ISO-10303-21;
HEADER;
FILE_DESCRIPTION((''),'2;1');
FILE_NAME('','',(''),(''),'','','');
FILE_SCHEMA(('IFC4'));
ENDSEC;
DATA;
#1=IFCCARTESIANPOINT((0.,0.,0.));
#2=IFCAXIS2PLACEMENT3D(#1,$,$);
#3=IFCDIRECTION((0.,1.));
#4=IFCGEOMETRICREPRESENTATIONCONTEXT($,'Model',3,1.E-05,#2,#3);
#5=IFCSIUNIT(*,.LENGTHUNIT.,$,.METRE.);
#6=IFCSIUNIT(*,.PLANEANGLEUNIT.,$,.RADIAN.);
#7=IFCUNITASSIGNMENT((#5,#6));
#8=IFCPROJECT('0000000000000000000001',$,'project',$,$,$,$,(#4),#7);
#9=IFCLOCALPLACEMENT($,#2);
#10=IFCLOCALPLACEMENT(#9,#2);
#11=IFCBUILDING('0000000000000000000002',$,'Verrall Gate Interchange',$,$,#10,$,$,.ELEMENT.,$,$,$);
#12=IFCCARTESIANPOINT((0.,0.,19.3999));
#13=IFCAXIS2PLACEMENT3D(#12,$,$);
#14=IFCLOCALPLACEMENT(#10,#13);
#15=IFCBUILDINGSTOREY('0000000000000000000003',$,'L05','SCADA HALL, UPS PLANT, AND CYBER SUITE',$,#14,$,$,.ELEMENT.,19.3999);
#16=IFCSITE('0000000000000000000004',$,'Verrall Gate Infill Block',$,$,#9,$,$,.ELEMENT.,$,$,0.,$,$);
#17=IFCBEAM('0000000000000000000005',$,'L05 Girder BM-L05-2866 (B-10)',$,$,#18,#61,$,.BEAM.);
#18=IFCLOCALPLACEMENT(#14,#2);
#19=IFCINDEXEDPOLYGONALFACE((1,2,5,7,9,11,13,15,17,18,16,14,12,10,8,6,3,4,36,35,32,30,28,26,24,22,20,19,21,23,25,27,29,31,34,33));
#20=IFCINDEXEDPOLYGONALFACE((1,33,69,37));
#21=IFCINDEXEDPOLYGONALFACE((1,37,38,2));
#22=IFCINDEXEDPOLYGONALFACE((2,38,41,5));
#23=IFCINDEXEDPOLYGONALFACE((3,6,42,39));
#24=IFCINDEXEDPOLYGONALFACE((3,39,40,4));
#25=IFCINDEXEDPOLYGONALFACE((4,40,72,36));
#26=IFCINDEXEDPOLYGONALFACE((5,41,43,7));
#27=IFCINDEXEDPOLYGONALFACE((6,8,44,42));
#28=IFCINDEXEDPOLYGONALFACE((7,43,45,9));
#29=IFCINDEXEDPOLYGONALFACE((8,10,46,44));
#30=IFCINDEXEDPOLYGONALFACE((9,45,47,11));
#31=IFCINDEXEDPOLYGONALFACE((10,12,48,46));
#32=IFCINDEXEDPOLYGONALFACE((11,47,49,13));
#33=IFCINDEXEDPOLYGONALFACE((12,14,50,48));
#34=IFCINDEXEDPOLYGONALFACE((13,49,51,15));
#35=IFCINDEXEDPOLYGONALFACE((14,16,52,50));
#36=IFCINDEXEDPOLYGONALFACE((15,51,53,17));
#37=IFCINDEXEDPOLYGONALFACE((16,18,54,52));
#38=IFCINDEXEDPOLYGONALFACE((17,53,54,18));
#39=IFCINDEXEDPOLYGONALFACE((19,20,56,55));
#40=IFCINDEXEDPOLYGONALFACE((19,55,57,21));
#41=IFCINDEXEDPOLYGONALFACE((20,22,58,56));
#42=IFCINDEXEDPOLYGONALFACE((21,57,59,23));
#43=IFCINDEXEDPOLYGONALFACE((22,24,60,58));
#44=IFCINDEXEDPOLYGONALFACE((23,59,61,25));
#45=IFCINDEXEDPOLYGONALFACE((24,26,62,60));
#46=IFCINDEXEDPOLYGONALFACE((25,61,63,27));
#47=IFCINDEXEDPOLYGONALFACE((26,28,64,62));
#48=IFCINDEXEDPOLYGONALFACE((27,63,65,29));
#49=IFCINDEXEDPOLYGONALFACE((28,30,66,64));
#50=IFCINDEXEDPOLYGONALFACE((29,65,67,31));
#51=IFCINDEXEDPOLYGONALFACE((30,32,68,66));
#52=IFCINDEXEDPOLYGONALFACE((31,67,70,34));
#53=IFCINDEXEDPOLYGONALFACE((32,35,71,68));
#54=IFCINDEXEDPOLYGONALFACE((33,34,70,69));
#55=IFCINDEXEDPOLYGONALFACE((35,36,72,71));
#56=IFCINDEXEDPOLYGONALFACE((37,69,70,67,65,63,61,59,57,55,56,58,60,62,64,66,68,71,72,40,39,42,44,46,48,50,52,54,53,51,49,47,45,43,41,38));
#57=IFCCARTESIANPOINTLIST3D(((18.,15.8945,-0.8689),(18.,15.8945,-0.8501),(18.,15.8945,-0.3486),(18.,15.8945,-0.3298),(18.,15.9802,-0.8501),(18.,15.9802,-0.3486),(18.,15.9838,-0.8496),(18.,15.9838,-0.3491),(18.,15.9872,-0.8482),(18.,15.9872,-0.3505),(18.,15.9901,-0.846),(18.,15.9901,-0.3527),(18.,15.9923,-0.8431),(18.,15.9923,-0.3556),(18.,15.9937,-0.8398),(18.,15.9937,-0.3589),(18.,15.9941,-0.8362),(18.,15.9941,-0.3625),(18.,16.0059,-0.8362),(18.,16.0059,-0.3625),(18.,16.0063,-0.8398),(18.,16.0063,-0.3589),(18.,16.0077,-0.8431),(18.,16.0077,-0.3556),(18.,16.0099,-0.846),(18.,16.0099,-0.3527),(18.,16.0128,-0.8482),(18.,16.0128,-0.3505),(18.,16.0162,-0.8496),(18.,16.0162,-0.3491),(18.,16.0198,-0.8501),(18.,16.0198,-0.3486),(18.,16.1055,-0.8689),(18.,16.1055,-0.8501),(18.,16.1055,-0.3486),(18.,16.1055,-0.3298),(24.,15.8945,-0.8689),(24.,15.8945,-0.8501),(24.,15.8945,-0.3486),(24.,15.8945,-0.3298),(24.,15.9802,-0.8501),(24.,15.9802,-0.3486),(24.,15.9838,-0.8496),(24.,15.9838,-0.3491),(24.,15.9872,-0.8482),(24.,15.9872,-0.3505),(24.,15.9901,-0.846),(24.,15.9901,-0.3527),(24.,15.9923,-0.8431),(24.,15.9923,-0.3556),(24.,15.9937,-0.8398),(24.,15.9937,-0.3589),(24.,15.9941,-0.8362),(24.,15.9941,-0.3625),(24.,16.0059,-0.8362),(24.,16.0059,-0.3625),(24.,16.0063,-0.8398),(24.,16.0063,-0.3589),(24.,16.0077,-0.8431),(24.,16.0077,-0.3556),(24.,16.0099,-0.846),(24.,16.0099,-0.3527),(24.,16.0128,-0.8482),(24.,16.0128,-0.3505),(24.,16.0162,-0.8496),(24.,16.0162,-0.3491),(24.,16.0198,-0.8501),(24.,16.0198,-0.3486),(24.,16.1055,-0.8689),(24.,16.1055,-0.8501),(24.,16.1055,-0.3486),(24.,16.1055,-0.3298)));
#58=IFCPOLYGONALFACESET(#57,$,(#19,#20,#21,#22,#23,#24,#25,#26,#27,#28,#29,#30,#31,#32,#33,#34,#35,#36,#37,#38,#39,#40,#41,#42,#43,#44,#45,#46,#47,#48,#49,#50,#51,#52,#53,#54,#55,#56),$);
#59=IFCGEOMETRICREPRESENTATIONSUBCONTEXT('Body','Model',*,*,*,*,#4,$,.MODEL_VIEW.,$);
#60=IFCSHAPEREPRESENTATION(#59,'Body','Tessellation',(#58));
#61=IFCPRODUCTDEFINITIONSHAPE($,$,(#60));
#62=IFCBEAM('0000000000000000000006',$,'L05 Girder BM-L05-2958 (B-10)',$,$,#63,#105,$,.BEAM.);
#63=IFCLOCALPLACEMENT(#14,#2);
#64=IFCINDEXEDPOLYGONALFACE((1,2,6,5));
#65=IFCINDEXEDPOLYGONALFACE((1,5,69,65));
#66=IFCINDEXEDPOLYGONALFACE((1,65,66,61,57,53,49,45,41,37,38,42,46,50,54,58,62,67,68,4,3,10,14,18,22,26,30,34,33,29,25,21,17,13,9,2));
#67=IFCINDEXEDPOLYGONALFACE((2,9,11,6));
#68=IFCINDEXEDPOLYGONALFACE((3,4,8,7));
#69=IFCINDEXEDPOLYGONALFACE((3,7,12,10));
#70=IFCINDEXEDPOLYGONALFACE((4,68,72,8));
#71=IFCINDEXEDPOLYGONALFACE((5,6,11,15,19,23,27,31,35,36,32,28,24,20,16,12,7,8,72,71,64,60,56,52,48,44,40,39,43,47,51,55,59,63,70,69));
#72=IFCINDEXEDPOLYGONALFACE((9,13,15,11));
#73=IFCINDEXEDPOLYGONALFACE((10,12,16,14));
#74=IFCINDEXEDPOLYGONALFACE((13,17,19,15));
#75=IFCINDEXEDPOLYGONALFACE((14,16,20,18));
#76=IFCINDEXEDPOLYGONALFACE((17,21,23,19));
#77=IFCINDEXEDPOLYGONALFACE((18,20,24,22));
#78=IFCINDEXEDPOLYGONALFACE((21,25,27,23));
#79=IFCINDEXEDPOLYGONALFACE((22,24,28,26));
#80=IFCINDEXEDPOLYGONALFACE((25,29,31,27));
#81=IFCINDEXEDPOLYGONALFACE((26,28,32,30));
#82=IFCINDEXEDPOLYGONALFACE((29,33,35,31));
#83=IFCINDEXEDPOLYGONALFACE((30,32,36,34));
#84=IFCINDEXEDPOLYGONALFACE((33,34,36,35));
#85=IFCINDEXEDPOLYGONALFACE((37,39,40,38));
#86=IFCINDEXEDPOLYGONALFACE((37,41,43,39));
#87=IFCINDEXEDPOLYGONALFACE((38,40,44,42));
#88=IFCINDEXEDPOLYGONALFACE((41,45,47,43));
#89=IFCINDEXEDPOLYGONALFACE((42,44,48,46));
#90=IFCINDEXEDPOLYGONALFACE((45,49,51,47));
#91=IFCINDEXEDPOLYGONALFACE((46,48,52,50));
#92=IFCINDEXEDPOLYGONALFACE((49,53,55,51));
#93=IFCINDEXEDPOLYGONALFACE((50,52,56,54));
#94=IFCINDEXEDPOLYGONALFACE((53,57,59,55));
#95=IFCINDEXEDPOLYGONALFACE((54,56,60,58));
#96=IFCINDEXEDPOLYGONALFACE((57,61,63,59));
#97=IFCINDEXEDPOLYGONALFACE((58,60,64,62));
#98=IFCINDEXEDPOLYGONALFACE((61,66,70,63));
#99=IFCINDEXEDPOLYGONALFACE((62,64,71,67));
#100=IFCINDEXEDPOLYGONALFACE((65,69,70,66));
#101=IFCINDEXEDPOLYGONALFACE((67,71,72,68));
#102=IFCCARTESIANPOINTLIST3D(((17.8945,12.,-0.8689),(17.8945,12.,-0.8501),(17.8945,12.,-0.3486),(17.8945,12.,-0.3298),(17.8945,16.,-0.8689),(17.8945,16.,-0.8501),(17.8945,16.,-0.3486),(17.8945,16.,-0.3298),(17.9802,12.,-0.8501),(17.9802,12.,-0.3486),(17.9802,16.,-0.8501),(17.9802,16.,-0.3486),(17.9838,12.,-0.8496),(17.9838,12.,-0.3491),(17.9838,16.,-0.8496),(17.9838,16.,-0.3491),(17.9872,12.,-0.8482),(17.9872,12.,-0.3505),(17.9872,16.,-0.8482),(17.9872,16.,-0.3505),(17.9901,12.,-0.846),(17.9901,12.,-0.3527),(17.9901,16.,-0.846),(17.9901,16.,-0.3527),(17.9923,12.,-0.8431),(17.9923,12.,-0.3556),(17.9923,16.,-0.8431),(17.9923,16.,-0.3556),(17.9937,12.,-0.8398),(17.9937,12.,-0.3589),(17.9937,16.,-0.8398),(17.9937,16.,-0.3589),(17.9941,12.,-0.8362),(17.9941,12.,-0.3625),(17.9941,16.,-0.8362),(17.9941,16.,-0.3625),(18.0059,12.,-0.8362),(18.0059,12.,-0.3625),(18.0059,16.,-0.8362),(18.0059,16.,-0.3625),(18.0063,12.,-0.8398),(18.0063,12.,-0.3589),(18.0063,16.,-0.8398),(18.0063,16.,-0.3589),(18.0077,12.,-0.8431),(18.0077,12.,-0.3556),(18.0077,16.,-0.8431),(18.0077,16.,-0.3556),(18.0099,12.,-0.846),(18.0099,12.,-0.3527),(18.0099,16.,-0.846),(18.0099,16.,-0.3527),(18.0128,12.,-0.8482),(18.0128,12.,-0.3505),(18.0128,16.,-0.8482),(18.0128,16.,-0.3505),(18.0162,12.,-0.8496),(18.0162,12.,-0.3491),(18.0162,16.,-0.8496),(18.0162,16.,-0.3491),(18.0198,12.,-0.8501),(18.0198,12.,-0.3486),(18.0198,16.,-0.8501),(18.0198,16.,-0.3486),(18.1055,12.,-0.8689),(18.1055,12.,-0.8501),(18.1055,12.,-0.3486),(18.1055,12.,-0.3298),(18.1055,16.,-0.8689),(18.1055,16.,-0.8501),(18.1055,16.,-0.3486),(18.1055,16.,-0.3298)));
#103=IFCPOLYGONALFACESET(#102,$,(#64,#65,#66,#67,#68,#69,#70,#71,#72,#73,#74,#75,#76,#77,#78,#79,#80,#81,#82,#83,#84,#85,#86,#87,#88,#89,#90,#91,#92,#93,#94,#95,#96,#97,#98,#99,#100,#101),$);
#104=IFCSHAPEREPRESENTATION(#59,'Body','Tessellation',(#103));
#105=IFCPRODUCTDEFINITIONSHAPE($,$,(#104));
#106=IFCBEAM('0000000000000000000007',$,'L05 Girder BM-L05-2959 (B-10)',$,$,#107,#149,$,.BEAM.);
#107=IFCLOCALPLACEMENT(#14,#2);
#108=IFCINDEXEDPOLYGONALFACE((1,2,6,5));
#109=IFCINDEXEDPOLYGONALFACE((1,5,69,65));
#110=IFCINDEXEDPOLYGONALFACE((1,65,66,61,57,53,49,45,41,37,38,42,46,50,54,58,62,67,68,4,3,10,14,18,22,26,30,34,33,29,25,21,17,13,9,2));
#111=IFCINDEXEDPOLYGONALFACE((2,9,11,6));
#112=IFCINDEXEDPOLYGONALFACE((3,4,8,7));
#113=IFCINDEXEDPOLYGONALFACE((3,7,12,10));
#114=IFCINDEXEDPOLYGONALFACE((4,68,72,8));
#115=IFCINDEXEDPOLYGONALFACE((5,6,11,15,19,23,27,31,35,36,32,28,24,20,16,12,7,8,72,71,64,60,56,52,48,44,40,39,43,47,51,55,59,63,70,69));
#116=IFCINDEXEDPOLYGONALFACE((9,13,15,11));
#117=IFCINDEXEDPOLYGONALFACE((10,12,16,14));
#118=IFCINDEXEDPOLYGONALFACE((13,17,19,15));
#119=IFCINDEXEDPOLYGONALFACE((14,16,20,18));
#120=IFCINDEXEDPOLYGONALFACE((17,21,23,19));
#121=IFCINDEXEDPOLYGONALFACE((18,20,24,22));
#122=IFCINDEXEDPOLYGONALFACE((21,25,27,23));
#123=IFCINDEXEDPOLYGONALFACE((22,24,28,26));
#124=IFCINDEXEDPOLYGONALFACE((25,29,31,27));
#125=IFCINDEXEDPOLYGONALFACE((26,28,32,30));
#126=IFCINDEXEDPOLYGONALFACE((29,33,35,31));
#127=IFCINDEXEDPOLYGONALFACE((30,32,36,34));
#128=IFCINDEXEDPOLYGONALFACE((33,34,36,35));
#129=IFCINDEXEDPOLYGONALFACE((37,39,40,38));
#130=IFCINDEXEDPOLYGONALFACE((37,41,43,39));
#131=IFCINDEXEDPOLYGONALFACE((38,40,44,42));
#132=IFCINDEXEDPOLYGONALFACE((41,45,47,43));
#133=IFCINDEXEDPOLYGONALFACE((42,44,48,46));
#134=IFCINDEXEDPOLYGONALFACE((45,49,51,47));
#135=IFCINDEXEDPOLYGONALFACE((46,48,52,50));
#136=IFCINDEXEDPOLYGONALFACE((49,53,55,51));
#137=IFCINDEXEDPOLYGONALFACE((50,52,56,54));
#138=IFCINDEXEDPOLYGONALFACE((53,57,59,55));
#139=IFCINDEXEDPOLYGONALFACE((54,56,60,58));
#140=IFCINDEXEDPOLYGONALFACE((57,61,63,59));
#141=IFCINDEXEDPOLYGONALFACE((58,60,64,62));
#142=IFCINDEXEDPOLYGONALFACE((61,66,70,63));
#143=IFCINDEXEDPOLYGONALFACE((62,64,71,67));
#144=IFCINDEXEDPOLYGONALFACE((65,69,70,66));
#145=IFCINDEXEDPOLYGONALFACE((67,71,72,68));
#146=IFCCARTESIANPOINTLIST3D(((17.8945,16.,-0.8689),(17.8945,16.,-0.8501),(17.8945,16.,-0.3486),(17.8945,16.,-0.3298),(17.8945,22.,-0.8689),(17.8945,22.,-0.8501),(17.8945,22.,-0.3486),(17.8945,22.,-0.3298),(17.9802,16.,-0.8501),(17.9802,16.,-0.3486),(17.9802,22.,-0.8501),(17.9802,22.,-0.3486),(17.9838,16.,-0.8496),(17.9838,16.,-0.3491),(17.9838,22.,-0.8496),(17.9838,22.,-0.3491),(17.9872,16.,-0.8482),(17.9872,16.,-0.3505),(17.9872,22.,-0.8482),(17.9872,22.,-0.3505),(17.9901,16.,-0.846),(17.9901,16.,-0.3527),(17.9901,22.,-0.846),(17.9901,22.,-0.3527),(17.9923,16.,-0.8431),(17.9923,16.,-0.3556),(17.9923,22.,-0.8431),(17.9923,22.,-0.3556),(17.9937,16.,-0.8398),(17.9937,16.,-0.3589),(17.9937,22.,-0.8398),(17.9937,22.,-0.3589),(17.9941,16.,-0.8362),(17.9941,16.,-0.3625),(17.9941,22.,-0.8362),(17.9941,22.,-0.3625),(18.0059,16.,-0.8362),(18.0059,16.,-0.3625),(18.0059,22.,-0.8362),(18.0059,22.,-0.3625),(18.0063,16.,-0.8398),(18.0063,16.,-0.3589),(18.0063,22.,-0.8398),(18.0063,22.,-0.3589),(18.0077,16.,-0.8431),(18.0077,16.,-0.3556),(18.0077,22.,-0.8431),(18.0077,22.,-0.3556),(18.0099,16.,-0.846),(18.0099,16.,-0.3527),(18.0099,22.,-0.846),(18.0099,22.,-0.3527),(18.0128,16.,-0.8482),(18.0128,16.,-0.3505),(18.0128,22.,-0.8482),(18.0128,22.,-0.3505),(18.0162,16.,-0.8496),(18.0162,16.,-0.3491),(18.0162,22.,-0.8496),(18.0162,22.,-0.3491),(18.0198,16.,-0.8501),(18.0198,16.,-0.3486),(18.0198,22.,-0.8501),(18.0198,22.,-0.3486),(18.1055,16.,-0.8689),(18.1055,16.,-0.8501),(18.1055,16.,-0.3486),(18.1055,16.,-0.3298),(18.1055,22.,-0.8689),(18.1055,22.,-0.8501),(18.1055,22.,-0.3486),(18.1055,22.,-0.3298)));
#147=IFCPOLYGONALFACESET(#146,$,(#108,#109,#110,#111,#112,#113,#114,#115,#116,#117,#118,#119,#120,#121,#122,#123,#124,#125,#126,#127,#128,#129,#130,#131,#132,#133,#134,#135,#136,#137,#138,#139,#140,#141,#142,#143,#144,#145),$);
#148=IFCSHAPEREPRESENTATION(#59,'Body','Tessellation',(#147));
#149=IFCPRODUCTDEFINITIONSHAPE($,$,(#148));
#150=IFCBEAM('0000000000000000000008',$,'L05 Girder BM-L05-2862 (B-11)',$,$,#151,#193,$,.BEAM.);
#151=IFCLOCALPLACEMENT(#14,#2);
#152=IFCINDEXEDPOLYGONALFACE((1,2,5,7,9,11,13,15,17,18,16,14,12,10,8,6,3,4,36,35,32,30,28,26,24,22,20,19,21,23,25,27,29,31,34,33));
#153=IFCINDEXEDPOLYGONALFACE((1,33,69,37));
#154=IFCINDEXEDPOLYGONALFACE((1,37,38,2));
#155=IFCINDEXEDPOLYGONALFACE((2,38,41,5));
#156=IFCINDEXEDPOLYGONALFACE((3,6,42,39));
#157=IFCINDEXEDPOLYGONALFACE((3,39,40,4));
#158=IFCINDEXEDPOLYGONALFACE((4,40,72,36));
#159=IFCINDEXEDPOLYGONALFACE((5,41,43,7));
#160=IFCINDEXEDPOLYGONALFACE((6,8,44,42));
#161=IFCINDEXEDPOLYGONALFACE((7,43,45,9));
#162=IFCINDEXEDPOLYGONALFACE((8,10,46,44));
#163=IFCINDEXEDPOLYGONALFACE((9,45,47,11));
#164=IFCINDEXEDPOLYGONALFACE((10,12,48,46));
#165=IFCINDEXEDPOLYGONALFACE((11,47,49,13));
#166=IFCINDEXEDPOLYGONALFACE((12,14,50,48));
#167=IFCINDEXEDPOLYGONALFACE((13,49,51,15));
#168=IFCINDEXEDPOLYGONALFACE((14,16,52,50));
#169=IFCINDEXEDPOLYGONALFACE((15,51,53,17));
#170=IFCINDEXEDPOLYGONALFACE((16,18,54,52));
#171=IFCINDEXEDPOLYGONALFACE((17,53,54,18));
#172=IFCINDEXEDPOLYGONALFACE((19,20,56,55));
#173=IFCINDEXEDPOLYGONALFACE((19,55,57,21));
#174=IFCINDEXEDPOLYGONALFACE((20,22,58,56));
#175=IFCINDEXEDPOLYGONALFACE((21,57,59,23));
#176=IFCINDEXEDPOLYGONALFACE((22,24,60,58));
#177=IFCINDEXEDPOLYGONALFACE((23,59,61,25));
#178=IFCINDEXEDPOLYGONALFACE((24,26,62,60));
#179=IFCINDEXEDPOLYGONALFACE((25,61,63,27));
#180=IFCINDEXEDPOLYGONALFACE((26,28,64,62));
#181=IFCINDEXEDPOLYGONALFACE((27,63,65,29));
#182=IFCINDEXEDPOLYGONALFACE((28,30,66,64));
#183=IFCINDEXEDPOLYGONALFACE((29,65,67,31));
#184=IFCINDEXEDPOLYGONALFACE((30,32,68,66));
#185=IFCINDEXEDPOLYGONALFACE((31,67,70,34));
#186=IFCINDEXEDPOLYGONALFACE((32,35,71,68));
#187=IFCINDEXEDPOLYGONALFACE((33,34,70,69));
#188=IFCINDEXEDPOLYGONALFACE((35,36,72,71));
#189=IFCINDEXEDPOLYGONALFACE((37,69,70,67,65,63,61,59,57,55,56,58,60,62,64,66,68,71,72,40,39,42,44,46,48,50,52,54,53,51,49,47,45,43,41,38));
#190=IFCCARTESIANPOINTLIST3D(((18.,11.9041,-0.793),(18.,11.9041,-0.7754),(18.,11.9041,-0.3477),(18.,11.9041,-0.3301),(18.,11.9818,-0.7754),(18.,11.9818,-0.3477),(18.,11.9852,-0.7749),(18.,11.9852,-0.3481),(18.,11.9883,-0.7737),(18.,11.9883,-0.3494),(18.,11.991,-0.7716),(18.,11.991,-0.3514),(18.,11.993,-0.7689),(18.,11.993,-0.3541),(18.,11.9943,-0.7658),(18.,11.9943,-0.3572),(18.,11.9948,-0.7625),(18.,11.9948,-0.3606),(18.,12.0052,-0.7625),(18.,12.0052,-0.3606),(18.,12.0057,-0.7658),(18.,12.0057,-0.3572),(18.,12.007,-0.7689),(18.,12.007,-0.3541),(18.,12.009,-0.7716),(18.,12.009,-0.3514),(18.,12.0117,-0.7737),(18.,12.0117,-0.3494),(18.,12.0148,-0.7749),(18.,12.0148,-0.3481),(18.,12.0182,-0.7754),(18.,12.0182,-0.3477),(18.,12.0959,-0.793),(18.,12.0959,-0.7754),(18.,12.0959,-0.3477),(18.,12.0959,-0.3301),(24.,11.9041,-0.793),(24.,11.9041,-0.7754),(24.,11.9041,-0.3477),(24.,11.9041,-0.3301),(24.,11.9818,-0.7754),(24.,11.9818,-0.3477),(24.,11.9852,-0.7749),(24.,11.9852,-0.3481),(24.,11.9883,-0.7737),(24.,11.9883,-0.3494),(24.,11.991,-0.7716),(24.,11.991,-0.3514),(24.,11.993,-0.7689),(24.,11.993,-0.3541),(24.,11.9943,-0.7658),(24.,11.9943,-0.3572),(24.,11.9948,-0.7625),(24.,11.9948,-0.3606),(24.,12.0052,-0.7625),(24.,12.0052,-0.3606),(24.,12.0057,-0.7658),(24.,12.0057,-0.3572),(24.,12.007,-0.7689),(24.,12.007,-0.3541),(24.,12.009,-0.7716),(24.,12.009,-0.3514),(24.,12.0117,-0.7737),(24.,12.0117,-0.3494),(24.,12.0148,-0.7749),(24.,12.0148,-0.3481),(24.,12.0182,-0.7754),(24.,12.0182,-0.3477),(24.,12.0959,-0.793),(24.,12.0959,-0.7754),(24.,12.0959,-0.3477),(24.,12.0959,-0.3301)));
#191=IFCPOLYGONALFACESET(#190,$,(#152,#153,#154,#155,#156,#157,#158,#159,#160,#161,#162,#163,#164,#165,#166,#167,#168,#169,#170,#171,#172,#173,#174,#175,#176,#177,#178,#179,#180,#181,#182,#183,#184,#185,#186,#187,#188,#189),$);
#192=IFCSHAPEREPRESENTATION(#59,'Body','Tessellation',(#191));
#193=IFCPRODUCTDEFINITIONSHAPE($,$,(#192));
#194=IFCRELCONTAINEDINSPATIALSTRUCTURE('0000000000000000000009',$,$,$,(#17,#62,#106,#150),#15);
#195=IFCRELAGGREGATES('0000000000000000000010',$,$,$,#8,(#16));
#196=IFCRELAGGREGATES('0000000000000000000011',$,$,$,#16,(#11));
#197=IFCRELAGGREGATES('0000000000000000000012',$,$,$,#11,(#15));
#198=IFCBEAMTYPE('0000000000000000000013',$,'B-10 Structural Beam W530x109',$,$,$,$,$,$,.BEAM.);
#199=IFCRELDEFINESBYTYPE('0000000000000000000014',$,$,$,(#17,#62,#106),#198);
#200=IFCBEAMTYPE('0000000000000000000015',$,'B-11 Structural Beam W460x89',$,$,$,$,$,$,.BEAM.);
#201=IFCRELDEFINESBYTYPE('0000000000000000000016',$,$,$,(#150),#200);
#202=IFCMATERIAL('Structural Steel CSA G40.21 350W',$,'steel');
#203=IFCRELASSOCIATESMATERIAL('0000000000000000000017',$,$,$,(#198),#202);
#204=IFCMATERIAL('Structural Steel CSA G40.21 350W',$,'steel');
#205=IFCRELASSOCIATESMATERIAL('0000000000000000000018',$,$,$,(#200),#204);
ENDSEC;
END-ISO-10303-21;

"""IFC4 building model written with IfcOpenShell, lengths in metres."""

from ifc_helpers import new_model, si_unit, direction, frame, origin, origin_2d, place, context, subcontext, project, spatial, i_section, extrude, material, material_profile, profile_set, type_object, element, save


model = new_model("IFC4")

# Units and contexts
model_context = context("Model", 3, precision=1e-05, world=origin(), true_north=direction((0.0, 1.0)))
body_context = subcontext(model_context, "Body", "Model", "MODEL_VIEW")
ifc_project = project(units=[si_unit("LENGTHUNIT", "METRE"), si_unit("PLANEANGLEUNIT", "RADIAN")], contexts=[model_context])

# Site, building, storey
site_placement = place(None, origin())
site = spatial("IfcSite", under=ifc_project, at=site_placement, Name="Verrall Gate Infill Block", CompositionType="ELEMENT", RefElevation=0.0)
building_placement = place(site_placement, origin())
building = spatial("IfcBuilding", under=site, at=building_placement, Name="Verrall Gate Interchange", CompositionType="ELEMENT")
storey_placement = place(building_placement, frame((0.0, 0.0, 19.3999)))
storey = spatial("IfcBuildingStorey", under=building, at=storey_placement, Name="L05", Description="SCADA HALL, UPS PLANT, AND CYBER SUITE", CompositionType="ELEMENT", Elevation=19.3999)

# Beams
ifc_material_1 = material(Name="Structural Steel CSA G40.21 350W", Category="steel")
ifc_material_profile_1 = material_profile(ifc_material_1, i_section(OverallWidth=0.2109, OverallDepth=0.5391, WebThickness=0.0117, FlangeThickness=0.0188, FilletRadius=0.0139, at=origin_2d()), Name="W530x109")
ifc_profile_set_1 = profile_set([ifc_material_profile_1], Name="Structural Steel CSA G40.21 350W")
beam_type_1 = type_object("IfcBeamType", Name="B-10 Structural Beam W530x109", PredefinedType="BEAM", material=ifc_profile_set_1)
beam_1_placement = place(storey_placement, frame((18.0, 16.0, -0.5994), z_axis=(1.0, 0.0, 0.0), x_axis=(0.0, 1.0, 0.0)))
element("IfcBeam", 1, at=beam_1_placement, inside=storey, type_object=beam_type_1, Name="L05 Girder BM-L05-2866 (B-10)", PredefinedType="BEAM", context=body_context, shape_type="SweptSolid", body=[
    extrude(i_section(OverallWidth=0.2109, OverallDepth=0.5391, WebThickness=0.0117, FlangeThickness=0.0188, FilletRadius=0.0139, at=origin_2d()), origin(), (0.0, 0.0, 1.0), 6.0),
])
beam_2_placement = place(storey_placement, frame((18.0, 12.0, -0.5994), z_axis=(0.0, 1.0, 0.0), x_axis=(-1.0, 0.0, 0.0)))
element("IfcBeam", 2, at=beam_2_placement, inside=storey, type_object=beam_type_1, Name="L05 Girder BM-L05-2958 (B-10)", PredefinedType="BEAM", context=body_context, shape_type="SweptSolid", body=[
    extrude(i_section(OverallWidth=0.2109, OverallDepth=0.5391, WebThickness=0.0117, FlangeThickness=0.0188, FilletRadius=0.0139, at=origin_2d()), origin(), (0.0, 0.0, 1.0), 4.0),
])
beam_3_placement = place(storey_placement, frame((18.0, 16.0, -0.5994), z_axis=(0.0, 1.0, 0.0), x_axis=(-1.0, 0.0, 0.0)))
element("IfcBeam", 3, at=beam_3_placement, inside=storey, type_object=beam_type_1, Name="L05 Girder BM-L05-2959 (B-10)", PredefinedType="BEAM", context=body_context, shape_type="SweptSolid", body=[
    extrude(i_section(OverallWidth=0.2109, OverallDepth=0.5391, WebThickness=0.0117, FlangeThickness=0.0188, FilletRadius=0.0139, at=origin_2d()), origin(), (0.0, 0.0, 1.0), 6.0),
])
ifc_material_2 = material(Name="Structural Steel CSA G40.21 350W", Category="steel")
ifc_material_profile_2 = material_profile(ifc_material_2, i_section(OverallWidth=0.1919, OverallDepth=0.4629, WebThickness=0.0105, FlangeThickness=0.0176, FilletRadius=0.0129, at=origin_2d()), Name="W460x89")
ifc_profile_set_2 = profile_set([ifc_material_profile_2], Name="Structural Steel CSA G40.21 350W")
beam_type_2 = type_object("IfcBeamType", Name="B-11 Structural Beam W460x89", PredefinedType="BEAM", material=ifc_profile_set_2)
for number, where, z_axis, x_axis, name in (
    (4, (18.0, 12.0, -0.5615), (1.0, 0.0, 0.0), (0.0, 1.0, 0.0), "L05 Girder BM-L05-2862 (B-11)"),
):
    element("IfcBeam", number, at=place(storey_placement, frame(where, z_axis=z_axis, x_axis=x_axis)), inside=storey, type_object=beam_type_2, Name=name, PredefinedType="BEAM", context=body_context, shape_type="SweptSolid", body=[
        extrude(i_section(OverallWidth=0.1919, OverallDepth=0.4629, WebThickness=0.0105, FlangeThickness=0.0176, FilletRadius=0.0129, at=origin_2d()), origin(), (0.0, 0.0, 1.0), 6.0),
    ])

save(model, "model.ifc")
